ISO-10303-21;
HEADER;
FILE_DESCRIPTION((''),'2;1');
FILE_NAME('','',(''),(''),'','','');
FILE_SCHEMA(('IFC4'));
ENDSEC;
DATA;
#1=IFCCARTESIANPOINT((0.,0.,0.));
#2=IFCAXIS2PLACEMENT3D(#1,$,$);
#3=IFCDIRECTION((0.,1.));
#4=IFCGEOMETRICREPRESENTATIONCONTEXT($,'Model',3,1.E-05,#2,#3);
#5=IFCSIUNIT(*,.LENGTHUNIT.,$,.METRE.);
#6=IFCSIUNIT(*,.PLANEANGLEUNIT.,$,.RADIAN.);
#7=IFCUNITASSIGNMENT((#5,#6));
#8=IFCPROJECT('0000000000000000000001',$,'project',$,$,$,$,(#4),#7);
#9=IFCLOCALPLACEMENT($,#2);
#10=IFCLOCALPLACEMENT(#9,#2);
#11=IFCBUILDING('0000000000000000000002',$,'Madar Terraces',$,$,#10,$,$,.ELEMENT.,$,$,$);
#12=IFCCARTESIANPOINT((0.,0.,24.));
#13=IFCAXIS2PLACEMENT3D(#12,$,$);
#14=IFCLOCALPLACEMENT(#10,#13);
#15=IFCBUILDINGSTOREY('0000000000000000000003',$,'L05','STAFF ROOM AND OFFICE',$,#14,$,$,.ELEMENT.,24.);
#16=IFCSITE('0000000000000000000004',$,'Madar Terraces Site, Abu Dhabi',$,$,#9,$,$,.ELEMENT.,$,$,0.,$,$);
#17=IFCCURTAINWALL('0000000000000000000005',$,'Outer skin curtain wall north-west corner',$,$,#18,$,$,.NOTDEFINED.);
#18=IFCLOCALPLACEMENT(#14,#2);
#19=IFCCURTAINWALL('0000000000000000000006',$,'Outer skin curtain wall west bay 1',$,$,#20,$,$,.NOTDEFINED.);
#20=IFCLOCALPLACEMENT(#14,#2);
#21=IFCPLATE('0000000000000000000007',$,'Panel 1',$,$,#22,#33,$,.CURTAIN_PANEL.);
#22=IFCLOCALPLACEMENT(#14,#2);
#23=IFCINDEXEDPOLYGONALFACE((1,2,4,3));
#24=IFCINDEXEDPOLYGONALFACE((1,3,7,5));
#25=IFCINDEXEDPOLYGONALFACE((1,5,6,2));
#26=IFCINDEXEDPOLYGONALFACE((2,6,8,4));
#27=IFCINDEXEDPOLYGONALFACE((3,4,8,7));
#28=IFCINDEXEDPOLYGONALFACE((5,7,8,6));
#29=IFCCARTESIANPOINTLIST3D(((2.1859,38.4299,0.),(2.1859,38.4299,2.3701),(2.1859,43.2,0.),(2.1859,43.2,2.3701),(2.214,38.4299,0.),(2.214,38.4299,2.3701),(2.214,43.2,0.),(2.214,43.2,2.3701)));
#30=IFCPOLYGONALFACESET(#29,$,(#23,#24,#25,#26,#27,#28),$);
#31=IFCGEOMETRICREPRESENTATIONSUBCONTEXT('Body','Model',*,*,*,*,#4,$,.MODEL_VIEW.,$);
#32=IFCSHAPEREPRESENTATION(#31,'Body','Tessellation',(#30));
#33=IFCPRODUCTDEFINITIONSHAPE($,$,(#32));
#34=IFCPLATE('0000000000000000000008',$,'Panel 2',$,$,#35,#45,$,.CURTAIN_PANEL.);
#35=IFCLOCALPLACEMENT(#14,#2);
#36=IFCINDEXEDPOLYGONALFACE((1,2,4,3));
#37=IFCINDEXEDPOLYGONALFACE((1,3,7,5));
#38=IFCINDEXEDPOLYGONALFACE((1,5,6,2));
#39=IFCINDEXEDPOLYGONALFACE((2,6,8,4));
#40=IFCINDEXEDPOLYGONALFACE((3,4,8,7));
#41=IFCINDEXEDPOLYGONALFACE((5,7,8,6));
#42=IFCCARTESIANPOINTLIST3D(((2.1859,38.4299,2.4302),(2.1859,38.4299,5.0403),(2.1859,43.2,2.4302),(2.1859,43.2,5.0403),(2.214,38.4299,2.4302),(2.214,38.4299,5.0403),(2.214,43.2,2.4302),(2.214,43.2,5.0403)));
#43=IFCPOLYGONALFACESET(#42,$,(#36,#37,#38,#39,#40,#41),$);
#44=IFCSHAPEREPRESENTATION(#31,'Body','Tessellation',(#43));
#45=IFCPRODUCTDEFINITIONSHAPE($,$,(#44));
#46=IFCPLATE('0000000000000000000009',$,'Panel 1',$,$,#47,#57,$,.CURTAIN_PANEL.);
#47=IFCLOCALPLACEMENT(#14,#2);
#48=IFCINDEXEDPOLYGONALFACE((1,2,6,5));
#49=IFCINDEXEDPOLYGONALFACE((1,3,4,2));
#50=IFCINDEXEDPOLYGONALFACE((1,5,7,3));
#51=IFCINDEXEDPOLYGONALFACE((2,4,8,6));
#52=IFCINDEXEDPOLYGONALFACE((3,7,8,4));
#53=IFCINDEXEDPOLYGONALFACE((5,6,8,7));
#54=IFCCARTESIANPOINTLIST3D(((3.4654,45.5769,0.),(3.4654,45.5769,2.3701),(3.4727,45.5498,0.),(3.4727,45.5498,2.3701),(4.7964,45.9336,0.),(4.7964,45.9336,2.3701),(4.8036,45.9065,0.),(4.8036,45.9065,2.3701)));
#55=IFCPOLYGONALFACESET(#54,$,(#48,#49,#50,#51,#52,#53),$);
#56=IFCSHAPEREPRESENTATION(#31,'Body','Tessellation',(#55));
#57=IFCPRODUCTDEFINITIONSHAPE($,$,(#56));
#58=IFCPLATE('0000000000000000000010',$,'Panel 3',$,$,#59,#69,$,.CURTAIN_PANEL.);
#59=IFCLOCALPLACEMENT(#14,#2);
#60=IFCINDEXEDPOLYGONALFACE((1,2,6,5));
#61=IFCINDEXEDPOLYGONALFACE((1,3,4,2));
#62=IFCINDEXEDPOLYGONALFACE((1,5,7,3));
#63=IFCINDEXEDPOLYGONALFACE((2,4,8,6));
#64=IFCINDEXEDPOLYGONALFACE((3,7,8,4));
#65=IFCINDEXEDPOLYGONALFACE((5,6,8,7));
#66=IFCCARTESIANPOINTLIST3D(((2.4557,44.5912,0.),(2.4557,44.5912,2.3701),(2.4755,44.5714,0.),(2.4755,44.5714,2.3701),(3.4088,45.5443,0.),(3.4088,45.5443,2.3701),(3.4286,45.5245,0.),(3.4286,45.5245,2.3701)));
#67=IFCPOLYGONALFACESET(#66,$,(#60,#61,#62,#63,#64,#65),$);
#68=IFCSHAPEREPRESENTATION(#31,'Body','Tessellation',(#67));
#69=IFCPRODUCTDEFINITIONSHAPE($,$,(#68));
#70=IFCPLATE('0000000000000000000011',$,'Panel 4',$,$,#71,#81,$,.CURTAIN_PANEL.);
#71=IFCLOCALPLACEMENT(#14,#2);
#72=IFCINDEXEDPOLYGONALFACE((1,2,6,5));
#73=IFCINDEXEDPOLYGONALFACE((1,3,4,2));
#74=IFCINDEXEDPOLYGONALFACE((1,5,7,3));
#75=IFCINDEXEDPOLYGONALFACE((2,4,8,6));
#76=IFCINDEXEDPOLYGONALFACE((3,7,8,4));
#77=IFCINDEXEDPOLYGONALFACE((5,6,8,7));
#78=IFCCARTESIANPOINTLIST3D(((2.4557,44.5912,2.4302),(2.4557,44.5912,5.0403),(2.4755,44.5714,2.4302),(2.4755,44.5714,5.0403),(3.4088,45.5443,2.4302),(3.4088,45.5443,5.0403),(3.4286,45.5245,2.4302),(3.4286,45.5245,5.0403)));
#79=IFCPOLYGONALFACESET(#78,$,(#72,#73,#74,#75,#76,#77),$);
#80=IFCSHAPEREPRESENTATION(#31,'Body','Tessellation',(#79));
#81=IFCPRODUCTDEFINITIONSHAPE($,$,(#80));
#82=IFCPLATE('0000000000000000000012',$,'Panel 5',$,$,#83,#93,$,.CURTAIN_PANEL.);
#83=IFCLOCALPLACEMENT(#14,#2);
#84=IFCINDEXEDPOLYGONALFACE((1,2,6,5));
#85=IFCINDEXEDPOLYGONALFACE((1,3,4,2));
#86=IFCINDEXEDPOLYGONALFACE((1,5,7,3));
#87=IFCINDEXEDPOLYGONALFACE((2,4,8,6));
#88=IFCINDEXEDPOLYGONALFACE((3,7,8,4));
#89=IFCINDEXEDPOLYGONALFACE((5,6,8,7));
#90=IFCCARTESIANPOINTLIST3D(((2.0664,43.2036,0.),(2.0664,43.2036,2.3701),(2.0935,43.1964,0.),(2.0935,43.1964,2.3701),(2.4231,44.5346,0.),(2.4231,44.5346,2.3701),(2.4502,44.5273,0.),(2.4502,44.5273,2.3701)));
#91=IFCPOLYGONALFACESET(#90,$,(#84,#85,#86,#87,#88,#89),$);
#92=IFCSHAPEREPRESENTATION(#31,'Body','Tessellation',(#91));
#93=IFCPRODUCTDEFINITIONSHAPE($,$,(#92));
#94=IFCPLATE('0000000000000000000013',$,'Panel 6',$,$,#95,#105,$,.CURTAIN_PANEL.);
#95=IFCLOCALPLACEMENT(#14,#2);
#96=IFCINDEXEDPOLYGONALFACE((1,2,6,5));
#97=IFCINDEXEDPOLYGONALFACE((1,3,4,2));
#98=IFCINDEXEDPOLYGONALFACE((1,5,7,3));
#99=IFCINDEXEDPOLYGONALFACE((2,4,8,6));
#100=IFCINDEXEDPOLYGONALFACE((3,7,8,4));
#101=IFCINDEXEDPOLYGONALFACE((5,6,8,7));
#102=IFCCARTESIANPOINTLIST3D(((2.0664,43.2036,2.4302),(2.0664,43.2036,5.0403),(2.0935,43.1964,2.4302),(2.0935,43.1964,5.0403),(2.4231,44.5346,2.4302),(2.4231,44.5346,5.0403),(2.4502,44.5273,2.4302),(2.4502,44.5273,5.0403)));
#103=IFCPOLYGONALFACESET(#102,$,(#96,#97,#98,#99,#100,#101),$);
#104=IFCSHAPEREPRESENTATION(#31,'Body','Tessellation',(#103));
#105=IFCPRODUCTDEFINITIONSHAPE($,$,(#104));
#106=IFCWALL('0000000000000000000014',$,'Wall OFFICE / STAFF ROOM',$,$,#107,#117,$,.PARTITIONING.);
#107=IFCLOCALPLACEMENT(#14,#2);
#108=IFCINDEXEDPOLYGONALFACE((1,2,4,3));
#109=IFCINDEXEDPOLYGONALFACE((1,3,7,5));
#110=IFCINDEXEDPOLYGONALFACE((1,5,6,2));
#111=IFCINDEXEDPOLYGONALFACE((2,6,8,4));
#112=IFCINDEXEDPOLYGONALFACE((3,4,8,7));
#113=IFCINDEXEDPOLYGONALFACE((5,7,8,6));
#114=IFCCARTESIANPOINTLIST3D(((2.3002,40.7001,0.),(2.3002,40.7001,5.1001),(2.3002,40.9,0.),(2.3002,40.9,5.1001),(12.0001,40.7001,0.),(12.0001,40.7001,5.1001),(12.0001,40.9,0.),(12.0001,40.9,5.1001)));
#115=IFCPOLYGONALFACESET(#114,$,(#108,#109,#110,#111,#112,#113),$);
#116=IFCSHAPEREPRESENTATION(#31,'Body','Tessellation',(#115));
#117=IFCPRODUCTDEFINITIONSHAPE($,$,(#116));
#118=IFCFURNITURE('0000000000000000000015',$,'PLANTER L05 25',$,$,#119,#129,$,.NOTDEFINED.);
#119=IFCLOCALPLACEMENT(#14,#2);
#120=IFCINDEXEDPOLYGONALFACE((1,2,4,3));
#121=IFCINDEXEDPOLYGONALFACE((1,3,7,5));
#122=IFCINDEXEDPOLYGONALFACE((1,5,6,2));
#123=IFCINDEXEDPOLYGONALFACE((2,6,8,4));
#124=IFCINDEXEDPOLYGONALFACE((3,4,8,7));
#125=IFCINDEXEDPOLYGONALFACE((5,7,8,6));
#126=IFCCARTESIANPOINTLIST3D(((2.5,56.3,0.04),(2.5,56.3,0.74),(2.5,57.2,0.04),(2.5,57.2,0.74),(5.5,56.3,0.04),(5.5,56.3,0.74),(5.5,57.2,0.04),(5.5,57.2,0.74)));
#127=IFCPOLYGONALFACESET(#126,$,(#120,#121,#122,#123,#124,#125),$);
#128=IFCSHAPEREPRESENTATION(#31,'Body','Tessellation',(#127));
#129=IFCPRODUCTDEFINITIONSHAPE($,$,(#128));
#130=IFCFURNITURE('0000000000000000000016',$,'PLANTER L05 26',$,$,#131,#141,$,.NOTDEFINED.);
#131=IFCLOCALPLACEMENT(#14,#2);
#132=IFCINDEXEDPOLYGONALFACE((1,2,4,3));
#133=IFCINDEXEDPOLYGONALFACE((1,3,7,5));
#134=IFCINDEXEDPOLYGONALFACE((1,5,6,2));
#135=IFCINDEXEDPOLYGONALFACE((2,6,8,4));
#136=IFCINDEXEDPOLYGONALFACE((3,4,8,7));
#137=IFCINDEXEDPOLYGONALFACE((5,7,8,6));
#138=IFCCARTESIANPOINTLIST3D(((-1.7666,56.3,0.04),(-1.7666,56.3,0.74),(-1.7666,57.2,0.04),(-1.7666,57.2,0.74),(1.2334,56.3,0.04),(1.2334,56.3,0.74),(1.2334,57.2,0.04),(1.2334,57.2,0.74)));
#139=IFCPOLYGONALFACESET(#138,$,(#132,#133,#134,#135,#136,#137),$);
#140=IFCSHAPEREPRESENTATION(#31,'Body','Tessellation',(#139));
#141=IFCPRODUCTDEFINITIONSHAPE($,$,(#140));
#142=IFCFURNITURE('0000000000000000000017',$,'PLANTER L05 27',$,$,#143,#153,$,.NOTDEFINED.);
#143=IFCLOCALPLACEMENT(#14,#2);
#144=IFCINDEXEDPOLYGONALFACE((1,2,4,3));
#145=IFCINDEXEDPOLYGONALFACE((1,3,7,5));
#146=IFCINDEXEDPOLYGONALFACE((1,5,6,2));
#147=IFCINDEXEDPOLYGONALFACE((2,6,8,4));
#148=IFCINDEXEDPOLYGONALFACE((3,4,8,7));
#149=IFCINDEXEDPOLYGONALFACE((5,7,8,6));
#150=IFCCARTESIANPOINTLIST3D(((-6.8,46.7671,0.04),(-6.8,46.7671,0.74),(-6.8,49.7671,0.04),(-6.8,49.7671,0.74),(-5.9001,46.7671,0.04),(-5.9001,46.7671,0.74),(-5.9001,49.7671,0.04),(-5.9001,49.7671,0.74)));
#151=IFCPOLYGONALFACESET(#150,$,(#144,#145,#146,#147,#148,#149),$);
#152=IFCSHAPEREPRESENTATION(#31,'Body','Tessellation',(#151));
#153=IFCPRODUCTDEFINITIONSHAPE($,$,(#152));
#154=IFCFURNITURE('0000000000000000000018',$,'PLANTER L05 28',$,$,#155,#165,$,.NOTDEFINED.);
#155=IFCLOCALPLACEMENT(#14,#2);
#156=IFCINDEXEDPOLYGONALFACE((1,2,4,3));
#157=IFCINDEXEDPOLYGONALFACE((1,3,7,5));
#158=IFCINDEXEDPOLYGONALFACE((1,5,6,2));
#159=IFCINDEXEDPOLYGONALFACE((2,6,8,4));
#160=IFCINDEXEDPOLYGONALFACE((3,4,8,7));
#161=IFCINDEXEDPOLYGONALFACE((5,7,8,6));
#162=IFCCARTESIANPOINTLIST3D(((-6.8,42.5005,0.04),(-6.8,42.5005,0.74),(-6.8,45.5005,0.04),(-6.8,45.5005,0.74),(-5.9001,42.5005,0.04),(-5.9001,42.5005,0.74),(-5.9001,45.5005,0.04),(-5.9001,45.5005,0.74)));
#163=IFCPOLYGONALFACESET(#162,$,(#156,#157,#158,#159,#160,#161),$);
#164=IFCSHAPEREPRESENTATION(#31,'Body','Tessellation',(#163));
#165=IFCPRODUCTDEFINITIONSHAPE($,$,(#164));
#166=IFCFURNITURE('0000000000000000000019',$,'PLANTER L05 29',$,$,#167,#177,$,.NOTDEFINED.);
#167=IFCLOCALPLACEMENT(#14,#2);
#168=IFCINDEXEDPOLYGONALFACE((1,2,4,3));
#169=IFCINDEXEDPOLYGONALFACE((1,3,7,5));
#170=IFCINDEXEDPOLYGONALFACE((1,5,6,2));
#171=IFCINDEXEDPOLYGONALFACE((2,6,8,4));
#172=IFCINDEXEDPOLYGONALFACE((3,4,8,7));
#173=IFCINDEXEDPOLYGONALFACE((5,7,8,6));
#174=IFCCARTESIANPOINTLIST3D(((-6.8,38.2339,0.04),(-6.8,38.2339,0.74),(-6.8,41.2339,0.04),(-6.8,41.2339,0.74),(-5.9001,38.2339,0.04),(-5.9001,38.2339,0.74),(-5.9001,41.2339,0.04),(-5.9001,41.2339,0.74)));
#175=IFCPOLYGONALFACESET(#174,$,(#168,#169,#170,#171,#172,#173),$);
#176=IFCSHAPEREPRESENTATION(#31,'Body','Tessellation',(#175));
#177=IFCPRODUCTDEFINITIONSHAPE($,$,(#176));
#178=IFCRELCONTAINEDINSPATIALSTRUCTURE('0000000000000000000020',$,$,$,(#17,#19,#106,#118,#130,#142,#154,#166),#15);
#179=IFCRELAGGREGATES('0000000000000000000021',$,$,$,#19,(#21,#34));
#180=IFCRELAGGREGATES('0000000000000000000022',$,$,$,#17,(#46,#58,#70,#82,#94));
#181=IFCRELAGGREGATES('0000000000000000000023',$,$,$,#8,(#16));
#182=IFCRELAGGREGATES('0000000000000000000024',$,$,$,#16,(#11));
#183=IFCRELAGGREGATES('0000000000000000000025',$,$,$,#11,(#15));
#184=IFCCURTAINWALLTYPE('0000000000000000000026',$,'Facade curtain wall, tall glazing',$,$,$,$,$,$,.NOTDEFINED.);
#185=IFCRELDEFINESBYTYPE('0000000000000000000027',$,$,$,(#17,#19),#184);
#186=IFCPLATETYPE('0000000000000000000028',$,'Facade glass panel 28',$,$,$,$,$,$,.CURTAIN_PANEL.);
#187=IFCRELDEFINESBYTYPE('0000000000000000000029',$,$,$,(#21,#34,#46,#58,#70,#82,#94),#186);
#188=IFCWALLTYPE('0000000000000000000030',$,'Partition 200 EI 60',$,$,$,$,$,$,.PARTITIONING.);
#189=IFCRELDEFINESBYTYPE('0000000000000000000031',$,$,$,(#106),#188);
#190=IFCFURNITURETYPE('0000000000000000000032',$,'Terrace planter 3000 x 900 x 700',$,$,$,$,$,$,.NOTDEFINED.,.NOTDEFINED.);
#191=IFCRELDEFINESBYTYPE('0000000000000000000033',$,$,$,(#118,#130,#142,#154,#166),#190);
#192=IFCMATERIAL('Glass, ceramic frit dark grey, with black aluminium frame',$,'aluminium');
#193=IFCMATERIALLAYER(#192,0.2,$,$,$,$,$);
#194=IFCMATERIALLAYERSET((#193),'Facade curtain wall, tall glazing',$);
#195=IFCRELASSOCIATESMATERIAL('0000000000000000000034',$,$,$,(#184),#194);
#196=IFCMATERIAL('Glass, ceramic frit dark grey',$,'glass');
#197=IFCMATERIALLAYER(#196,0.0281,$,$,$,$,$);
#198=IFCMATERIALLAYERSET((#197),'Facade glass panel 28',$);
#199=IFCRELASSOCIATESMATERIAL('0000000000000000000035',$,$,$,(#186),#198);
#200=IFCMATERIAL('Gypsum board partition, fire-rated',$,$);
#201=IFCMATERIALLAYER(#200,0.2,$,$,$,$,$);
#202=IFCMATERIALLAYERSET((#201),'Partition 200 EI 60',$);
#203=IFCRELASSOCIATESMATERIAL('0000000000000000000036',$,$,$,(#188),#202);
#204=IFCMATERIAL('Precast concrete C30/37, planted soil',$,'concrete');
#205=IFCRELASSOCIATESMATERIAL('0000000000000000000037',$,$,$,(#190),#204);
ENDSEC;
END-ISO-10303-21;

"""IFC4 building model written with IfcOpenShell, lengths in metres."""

from ifc_helpers import new_model, si_unit, direction, frame, frame_2d, origin, origin_2d, place, context, subcontext, project, spatial, rectangle, extrude, material, layer, layer_set, type_object, element, aggregate, save


model = new_model("IFC4")

# Units and contexts
model_context = context("Model", 3, precision=1e-05, world=origin(), true_north=direction((0.0, 1.0)))
body_context = subcontext(model_context, "Body", "Model", "MODEL_VIEW")
ifc_project = project(units=[si_unit("LENGTHUNIT", "METRE"), si_unit("PLANEANGLEUNIT", "RADIAN")], contexts=[model_context])

# Site, building, storey
site_placement = place(None, origin())
site = spatial("IfcSite", under=ifc_project, at=site_placement, Name="Madar Terraces Site, Abu Dhabi", CompositionType="ELEMENT", RefElevation=0.0)
building_placement = place(site_placement, origin())
building = spatial("IfcBuilding", under=site, at=building_placement, Name="Madar Terraces", CompositionType="ELEMENT")
storey_placement = place(building_placement, frame((0.0, 0.0, 24.0)))
storey = spatial("IfcBuildingStorey", under=building, at=storey_placement, Name="L05", Description="STAFF ROOM AND OFFICE", CompositionType="ELEMENT", Elevation=24.0)

# Curtain walls
ifc_material_1 = material(Name="Glass, ceramic frit dark grey, with black aluminium frame", Category="aluminium")
ifc_layer_1 = layer(ifc_material_1, 0.2)
ifc_layer_set_1 = layer_set([ifc_layer_1], Name="Facade curtain wall, tall glazing")
curtain_wall_type = type_object("IfcCurtainWallType", Name="Facade curtain wall, tall glazing", PredefinedType="NOTDEFINED", material=ifc_layer_set_1)
curtain_wall_1_placement = place(storey_placement, origin())
curtain_wall_1 = element("IfcCurtainWall", 1, at=curtain_wall_1_placement, inside=storey, type_object=curtain_wall_type, Name="Outer skin curtain wall north-west corner", PredefinedType="NOTDEFINED")
curtain_wall_2_placement = place(storey_placement, origin())
curtain_wall_2 = element("IfcCurtainWall", 2, at=curtain_wall_2_placement, inside=storey, type_object=curtain_wall_type, Name="Outer skin curtain wall west bay 1", PredefinedType="NOTDEFINED")

# Plates
ifc_material_2 = material(Name="Glass, ceramic frit dark grey", Category="glass")
ifc_layer_2 = layer(ifc_material_2, 0.0281)
ifc_layer_set_2 = layer_set([ifc_layer_2], Name="Facade glass panel 28")
plate_type = type_object("IfcPlateType", Name="Facade glass panel 28", PredefinedType="CURTAIN_PANEL", material=ifc_layer_set_2)
plate_1_placement = place(storey_placement, frame((2.2, 40.8149, 0.0), z_axis=(0.0, 0.0, 1.0), x_axis=(0.0, -1.0, 0.0)))
plate_1 = element("IfcPlate", 3, at=plate_1_placement, type_object=plate_type, Name="Panel 1", PredefinedType="CURTAIN_PANEL", context=body_context, shape_type="SweptSolid", body=[
    extrude(rectangle(XDim=4.77, YDim=0.0281, at=origin_2d()), origin(), (0.0, 0.0, 1.0), 2.3701),
])
plate_2_placement = place(storey_placement, frame((2.2, 40.8149, 2.4302), z_axis=(0.0, 0.0, 1.0), x_axis=(0.0, -1.0, 0.0)))
plate_2 = element("IfcPlate", 4, at=plate_2_placement, type_object=plate_type, Name="Panel 2", PredefinedType="CURTAIN_PANEL", context=body_context, shape_type="SweptSolid", body=[
    extrude(rectangle(XDim=4.77, YDim=0.0281, at=origin_2d()), origin(), (0.0, 0.0, 1.0), 2.6101),
])
aggregate(curtain_wall_2, [plate_1, plate_2])
plate_3_placement = place(storey_placement, frame((4.1345, 45.7417, 0.0), z_axis=(0.0, 0.0, 1.0), x_axis=(-0.965926, -0.258819, 0.0)))
plate_3 = element("IfcPlate", 5, at=plate_3_placement, type_object=plate_type, Name="Panel 1", PredefinedType="CURTAIN_PANEL", context=body_context, shape_type="SweptSolid", body=[
    extrude(rectangle(XDim=1.3779, YDim=0.0281, at=origin_2d()), origin(), (0.0, 0.0, 1.0), 2.3701),
])
plate_4_placement = place(storey_placement, frame((2.9421, 45.0579, 0.0), z_axis=(0.0, 0.0, 1.0), x_axis=(-0.707107, -0.707107, 0.0)))
plate_4 = element("IfcPlate", 6, at=plate_4_placement, type_object=plate_type, Name="Panel 3", PredefinedType="CURTAIN_PANEL", context=body_context, shape_type="SweptSolid", body=[
    extrude(rectangle(XDim=1.3479, YDim=0.0281, at=origin_2d()), origin(), (0.0, 0.0, 1.0), 2.3701),
])
plate_5_placement = place(storey_placement, frame((2.9421, 45.0579, 2.4302), z_axis=(0.0, 0.0, 1.0), x_axis=(-0.707107, -0.707107, 0.0)))
plate_5 = element("IfcPlate", 7, at=plate_5_placement, type_object=plate_type, Name="Panel 4", PredefinedType="CURTAIN_PANEL", context=body_context, shape_type="SweptSolid", body=[
    extrude(rectangle(XDim=1.3479, YDim=0.0281, at=origin_2d()), origin(), (0.0, 0.0, 1.0), 2.6101),
])
plate_6_placement = place(storey_placement, frame((2.2583, 43.8655, 0.0), z_axis=(0.0, 0.0, 1.0), x_axis=(-0.258819, -0.965926, 0.0)))
plate_6 = element("IfcPlate", 8, at=plate_6_placement, type_object=plate_type, Name="Panel 5", PredefinedType="CURTAIN_PANEL", context=body_context, shape_type="SweptSolid", body=[
    extrude(rectangle(XDim=1.3779, YDim=0.0281, at=origin_2d()), origin(), (0.0, 0.0, 1.0), 2.3701),
])
plate_7_placement = place(storey_placement, frame((2.2583, 43.8655, 2.4302), z_axis=(0.0, 0.0, 1.0), x_axis=(-0.258819, -0.965926, 0.0)))
plate_7 = element("IfcPlate", 9, at=plate_7_placement, type_object=plate_type, Name="Panel 6", PredefinedType="CURTAIN_PANEL", context=body_context, shape_type="SweptSolid", body=[
    extrude(rectangle(XDim=1.3779, YDim=0.0281, at=origin_2d()), origin(), (0.0, 0.0, 1.0), 2.6101),
])
aggregate(curtain_wall_1, [plate_3, plate_4, plate_5, plate_6, plate_7])

# Wall
ifc_material_3 = material(Name="Gypsum board partition, fire-rated")
ifc_layer_3 = layer(ifc_material_3, 0.2)
ifc_layer_set_3 = layer_set([ifc_layer_3], Name="Partition 200 EI 60")
wall_type = type_object("IfcWallType", Name="Partition 200 EI 60", PredefinedType="PARTITIONING", material=ifc_layer_set_3)
wall_placement = place(storey_placement, frame((2.3, 40.8, 0.0), z_axis=(0.0, 0.0, 1.0), x_axis=(1.0, 0.0, 0.0)))
element("IfcWall", 10, at=wall_placement, inside=storey, type_object=wall_type, Name="Wall OFFICE / STAFF ROOM", PredefinedType="PARTITIONING", context=body_context, shape_type="SweptSolid", body=[
    extrude(rectangle(XDim=9.7, YDim=0.2, at=frame_2d((4.8501, 0.0))), origin(), (0.0, 0.0, 1.0), 5.1001),
])

# Furniture
ifc_material_4 = material(Name="Precast concrete C30/37, planted soil", Category="concrete")
furniture_type = type_object("IfcFurnitureType", Name="Terrace planter 3000 x 900 x 700", AssemblyPlace="NOTDEFINED", PredefinedType="NOTDEFINED", material=ifc_material_4)
for number, where, z_axis, x_axis, name in (
    (11, (4.0, 56.75, 0.04), (0.0, 0.0, 1.0), (-1.0, 0.0, 0.0), "PLANTER L05 25"),
    (12, (-0.2666, 56.75, 0.04), (0.0, 0.0, 1.0), (-1.0, 0.0, 0.0), "PLANTER L05 26"),
    (13, (-6.3501, 48.2671, 0.04), (0.0, 0.0, 1.0), (0.0, -1.0, 0.0), "PLANTER L05 27"),
    (14, (-6.3501, 44.0005, 0.04), (0.0, 0.0, 1.0), (0.0, -1.0, 0.0), "PLANTER L05 28"),
    (15, (-6.3501, 39.7339, 0.04), (0.0, 0.0, 1.0), (0.0, -1.0, 0.0), "PLANTER L05 29"),
):
    element("IfcFurniture", number, at=place(storey_placement, frame(where, z_axis=z_axis, x_axis=x_axis)), inside=storey, type_object=furniture_type, Name=name, PredefinedType="NOTDEFINED", context=body_context, shape_type="SweptSolid", body=[
        extrude(rectangle(XDim=3.0, YDim=0.8999, at=origin_2d()), origin(), (0.0, 0.0, 1.0), 0.7),
    ])

save(model, "model.ifc")
